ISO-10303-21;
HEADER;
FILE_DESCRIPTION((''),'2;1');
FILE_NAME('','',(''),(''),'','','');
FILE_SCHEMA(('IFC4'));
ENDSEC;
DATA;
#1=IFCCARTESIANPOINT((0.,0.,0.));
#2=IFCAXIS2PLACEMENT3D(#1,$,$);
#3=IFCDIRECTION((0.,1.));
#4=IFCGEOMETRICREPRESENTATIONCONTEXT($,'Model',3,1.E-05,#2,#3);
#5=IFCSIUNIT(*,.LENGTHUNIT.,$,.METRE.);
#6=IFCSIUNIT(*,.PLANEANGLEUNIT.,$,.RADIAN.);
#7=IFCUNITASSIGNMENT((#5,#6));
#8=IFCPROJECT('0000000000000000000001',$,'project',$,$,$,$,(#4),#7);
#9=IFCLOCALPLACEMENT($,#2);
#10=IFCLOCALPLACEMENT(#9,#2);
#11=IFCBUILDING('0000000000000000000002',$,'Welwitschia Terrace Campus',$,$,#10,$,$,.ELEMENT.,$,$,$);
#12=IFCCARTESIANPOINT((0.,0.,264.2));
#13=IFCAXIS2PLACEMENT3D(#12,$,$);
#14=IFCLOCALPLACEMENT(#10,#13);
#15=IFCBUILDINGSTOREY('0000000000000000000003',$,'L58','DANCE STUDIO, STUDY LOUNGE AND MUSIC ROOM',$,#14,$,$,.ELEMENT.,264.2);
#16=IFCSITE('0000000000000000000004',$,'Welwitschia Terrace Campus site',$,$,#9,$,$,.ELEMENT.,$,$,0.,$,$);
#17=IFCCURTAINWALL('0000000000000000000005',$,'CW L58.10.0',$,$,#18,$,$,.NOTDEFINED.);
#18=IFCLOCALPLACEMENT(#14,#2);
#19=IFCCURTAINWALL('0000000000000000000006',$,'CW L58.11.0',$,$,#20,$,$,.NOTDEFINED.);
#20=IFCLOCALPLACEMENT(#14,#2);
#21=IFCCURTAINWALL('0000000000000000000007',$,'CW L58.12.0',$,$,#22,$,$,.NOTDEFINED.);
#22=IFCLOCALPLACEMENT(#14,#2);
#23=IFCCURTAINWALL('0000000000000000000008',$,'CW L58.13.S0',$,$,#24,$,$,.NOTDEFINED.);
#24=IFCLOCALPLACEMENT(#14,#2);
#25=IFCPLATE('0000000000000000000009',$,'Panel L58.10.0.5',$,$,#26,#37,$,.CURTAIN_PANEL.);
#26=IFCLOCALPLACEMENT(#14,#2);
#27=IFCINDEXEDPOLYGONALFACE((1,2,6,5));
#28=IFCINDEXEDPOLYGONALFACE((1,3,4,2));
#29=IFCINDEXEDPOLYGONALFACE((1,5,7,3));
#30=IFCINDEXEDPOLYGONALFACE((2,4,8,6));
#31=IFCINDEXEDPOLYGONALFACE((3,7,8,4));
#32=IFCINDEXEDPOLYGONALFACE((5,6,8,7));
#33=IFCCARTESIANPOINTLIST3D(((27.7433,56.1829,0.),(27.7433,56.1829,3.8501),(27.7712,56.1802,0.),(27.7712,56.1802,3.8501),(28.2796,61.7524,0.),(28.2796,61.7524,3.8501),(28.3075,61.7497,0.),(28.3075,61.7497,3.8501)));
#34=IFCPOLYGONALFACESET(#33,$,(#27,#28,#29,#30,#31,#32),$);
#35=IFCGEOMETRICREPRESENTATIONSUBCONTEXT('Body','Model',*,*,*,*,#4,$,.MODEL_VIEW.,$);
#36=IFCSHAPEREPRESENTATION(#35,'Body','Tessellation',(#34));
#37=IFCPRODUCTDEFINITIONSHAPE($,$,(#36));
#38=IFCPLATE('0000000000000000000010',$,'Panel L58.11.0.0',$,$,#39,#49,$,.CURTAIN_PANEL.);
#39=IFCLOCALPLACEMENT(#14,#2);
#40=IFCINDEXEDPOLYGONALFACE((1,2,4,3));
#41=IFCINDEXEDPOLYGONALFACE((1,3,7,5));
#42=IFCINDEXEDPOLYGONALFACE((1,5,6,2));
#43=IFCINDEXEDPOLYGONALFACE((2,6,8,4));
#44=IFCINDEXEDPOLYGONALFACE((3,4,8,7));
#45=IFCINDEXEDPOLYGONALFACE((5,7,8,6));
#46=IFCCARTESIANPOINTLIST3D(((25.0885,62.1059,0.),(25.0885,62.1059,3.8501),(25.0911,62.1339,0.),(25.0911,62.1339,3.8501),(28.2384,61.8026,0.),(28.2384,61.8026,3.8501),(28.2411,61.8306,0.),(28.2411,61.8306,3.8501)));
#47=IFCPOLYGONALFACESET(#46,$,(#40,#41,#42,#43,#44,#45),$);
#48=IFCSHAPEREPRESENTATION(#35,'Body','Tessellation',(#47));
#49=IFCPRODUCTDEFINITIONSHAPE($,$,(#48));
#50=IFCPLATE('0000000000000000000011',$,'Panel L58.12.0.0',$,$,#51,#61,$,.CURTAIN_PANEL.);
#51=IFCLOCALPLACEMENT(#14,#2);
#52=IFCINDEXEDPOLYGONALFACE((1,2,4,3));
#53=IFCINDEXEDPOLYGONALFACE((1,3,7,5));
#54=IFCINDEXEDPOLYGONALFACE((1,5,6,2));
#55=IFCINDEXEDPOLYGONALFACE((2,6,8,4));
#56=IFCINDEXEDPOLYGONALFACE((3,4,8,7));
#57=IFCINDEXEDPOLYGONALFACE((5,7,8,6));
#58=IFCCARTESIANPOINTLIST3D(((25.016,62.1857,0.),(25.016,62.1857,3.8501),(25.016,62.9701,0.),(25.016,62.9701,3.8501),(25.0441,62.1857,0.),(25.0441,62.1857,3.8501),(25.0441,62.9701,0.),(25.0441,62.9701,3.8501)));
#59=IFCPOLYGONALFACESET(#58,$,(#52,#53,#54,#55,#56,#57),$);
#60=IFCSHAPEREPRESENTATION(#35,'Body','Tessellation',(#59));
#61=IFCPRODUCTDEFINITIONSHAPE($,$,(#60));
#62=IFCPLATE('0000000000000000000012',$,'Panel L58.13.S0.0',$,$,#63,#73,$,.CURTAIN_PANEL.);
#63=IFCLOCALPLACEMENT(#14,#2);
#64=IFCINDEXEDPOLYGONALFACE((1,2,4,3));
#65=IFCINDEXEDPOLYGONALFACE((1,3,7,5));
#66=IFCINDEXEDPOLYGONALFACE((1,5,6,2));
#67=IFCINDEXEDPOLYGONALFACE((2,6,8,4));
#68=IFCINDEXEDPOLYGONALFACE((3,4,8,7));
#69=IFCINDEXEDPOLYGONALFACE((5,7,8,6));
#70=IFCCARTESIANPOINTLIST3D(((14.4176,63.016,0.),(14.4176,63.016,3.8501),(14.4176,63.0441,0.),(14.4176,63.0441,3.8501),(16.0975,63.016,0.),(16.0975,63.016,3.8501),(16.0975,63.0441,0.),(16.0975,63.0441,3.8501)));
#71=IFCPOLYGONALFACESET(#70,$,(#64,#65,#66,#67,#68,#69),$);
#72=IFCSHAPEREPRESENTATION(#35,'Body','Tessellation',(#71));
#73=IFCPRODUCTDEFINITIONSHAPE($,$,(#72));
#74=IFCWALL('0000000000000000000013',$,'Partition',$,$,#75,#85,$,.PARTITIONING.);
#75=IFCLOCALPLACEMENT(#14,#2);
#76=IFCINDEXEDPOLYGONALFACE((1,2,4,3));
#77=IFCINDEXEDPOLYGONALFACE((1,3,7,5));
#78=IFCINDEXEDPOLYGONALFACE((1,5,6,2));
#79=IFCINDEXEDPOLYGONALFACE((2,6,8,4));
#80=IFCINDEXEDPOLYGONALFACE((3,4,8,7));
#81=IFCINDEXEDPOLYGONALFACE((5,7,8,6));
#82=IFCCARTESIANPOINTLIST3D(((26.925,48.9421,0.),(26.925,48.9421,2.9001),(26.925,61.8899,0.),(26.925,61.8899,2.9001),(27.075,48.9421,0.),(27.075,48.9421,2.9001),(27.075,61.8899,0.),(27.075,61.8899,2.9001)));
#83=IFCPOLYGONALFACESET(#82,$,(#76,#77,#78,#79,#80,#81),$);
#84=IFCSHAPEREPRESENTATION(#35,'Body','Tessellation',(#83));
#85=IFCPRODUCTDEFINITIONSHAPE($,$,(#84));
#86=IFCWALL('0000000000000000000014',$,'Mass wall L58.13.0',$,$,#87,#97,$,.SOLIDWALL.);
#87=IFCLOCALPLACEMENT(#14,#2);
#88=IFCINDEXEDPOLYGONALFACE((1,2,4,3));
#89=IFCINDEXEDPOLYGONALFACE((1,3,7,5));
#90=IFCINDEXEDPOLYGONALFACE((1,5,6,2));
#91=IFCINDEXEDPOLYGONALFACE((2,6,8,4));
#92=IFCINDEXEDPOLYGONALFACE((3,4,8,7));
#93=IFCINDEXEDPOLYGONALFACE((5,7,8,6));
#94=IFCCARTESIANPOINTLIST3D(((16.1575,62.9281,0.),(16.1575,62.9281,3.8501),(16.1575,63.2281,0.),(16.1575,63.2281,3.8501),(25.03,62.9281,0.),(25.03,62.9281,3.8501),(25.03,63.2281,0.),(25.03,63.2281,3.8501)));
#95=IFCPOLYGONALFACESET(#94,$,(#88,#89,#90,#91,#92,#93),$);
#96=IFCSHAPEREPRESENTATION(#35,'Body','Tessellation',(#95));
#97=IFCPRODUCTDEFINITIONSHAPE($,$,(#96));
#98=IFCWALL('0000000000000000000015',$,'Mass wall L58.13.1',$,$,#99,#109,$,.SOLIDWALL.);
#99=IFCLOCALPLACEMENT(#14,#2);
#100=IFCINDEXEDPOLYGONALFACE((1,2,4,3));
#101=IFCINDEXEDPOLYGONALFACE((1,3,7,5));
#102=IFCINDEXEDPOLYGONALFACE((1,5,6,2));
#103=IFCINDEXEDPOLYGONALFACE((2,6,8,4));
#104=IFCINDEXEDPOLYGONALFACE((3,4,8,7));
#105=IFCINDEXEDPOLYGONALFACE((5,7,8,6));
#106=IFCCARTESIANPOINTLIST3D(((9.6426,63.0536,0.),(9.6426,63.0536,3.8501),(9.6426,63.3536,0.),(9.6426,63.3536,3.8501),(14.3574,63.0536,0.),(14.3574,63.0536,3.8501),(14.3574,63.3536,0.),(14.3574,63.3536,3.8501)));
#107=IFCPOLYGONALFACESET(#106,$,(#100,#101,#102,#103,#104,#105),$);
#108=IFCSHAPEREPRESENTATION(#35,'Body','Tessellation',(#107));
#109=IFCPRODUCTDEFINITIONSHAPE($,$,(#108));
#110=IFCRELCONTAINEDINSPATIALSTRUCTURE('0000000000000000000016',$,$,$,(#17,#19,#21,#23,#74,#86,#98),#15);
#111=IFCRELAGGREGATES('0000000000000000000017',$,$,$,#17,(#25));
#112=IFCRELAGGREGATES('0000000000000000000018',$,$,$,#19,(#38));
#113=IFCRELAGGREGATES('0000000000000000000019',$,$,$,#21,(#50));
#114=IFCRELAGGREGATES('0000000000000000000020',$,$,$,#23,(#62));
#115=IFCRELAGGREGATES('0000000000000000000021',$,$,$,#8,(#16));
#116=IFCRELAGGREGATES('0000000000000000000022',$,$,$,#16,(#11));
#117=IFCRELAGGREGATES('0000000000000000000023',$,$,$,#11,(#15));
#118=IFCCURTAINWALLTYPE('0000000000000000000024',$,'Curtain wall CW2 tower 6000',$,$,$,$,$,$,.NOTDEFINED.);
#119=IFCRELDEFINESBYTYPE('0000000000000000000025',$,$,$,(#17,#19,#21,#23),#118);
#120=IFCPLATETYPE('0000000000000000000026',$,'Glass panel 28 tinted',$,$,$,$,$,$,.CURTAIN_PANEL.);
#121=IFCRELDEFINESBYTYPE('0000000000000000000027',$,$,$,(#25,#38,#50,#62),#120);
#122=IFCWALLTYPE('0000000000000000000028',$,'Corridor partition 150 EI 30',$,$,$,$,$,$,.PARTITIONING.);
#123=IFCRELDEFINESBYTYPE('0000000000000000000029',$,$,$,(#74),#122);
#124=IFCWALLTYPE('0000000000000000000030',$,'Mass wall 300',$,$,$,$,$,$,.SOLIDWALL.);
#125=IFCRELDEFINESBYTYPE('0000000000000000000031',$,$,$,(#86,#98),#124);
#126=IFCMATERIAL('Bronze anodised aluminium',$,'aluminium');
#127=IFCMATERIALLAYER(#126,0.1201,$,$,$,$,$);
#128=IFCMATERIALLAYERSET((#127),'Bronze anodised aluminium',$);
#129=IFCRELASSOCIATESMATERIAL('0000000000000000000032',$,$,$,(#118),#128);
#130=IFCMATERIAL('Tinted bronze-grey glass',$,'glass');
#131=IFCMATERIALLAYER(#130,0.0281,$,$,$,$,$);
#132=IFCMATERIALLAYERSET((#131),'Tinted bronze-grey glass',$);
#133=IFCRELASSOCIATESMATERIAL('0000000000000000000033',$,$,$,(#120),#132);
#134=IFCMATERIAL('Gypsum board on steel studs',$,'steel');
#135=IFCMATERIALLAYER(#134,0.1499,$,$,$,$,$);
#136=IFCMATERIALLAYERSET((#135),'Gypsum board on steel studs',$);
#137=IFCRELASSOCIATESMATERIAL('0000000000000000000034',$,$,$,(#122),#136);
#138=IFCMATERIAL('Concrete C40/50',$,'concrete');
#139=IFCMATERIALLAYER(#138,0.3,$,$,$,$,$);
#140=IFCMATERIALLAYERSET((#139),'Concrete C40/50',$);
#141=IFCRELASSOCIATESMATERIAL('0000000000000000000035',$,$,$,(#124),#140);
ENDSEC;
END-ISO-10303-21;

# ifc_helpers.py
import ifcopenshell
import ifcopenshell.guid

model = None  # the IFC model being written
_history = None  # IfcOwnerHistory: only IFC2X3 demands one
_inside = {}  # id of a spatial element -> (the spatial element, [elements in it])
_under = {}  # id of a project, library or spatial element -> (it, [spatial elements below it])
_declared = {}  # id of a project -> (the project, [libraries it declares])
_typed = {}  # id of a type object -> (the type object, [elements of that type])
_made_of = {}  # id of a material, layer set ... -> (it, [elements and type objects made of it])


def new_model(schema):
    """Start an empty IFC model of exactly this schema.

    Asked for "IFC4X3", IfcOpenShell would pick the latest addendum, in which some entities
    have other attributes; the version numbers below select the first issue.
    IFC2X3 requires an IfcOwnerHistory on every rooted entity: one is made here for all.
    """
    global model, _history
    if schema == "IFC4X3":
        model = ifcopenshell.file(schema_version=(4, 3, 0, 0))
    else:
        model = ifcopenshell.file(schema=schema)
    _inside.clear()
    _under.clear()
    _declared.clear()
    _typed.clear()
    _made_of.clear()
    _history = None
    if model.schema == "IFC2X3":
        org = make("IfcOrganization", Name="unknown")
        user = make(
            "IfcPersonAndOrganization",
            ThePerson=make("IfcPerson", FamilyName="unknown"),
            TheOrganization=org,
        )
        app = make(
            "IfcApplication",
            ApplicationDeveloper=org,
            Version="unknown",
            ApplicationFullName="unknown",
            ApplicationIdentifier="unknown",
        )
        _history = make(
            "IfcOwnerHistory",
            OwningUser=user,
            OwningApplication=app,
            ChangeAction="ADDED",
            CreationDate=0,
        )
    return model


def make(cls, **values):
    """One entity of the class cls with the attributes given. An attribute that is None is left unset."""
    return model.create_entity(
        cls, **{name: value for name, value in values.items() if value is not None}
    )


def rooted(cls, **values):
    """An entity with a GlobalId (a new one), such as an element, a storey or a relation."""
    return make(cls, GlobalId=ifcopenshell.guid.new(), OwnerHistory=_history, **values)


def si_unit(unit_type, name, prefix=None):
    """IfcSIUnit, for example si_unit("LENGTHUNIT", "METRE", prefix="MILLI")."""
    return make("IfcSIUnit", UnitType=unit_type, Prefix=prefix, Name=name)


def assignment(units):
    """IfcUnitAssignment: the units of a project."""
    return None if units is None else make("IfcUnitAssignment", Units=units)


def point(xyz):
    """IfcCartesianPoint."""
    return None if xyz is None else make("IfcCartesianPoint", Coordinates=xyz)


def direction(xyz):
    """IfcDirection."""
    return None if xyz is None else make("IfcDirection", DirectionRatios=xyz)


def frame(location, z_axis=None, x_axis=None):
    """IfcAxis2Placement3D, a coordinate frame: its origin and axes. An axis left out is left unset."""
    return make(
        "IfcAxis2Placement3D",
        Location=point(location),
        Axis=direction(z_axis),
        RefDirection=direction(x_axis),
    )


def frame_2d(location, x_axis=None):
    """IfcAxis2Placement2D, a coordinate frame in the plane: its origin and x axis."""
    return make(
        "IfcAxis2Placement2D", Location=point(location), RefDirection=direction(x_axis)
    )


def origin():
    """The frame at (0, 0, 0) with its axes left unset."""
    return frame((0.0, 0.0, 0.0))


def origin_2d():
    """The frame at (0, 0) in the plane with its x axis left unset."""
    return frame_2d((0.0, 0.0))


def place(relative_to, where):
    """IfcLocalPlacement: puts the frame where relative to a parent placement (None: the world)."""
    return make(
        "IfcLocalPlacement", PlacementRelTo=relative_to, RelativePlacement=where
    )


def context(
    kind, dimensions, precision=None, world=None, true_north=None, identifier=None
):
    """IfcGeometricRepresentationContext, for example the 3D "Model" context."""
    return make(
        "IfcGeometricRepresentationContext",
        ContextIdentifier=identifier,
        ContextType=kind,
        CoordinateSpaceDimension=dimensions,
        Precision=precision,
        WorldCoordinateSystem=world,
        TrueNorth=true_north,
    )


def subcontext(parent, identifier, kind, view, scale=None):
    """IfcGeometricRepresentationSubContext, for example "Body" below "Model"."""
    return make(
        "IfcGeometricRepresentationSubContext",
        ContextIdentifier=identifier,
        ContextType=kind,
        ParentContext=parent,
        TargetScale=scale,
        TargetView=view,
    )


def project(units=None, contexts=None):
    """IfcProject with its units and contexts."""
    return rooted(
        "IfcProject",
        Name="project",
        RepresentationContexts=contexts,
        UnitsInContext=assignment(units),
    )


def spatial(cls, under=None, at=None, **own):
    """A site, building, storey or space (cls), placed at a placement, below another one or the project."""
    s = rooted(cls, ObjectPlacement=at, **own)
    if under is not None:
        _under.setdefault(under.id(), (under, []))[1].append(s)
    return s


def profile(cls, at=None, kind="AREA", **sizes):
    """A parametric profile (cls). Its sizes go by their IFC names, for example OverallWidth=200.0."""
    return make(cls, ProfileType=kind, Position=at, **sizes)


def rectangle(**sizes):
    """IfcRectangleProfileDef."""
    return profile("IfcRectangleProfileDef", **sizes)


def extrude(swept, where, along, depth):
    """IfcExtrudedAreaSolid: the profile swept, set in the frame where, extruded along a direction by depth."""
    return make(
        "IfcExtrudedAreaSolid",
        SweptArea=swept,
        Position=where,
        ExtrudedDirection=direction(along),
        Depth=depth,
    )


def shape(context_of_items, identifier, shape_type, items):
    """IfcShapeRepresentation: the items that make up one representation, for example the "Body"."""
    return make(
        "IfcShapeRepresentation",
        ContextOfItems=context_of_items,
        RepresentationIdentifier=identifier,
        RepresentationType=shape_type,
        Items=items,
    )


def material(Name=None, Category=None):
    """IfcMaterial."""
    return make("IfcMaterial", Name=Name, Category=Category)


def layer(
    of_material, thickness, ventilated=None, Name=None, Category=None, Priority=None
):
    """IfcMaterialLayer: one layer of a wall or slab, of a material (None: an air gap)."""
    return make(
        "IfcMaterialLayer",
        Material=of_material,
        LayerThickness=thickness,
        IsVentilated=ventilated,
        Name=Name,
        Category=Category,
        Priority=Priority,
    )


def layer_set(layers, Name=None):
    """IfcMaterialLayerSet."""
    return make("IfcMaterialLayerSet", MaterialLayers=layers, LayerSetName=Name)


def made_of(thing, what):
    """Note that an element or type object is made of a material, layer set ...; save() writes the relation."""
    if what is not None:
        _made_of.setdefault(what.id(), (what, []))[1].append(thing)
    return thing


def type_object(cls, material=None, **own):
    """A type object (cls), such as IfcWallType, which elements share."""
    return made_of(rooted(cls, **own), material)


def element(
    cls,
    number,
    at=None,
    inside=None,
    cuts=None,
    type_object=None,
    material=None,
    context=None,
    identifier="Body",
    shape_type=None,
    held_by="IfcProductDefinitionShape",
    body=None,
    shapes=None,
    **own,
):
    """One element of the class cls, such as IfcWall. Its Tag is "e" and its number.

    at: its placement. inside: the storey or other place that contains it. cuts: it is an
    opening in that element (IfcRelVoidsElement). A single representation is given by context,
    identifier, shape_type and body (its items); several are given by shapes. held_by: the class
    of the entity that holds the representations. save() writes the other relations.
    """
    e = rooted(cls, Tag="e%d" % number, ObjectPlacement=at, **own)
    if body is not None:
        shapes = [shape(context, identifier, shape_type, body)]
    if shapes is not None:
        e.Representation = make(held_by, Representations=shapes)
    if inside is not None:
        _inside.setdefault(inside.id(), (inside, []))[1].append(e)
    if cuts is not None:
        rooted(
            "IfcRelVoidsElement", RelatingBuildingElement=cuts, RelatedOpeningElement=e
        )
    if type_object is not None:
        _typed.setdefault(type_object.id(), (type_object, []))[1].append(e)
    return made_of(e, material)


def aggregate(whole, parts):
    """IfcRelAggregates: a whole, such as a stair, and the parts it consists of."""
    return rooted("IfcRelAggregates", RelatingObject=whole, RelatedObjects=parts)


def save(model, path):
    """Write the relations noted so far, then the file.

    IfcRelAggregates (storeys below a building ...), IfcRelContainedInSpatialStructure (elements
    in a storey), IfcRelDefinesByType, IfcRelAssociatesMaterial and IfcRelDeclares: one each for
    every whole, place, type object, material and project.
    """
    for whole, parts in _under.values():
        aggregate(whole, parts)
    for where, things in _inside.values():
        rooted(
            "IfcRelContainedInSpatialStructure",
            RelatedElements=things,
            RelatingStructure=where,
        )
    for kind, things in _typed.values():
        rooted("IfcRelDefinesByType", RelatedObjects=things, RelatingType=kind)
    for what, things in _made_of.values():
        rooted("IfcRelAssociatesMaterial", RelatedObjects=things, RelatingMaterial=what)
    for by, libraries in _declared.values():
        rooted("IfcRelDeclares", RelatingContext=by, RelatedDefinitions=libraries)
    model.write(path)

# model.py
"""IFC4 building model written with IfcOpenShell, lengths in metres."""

from ifc_helpers import new_model, si_unit, direction, frame, frame_2d, origin, origin_2d, place, context, subcontext, project, spatial, rectangle, extrude, material, layer, layer_set, type_object, element, aggregate, save


model = new_model("IFC4")

# Units and contexts
model_context = context("Model", 3, precision=1e-05, world=origin(), true_north=direction((0.0, 1.0)))
body_context = subcontext(model_context, "Body", "Model", "MODEL_VIEW")
ifc_project = project(units=[si_unit("LENGTHUNIT", "METRE"), si_unit("PLANEANGLEUNIT", "RADIAN")], contexts=[model_context])

# Site, building, storey
site_placement = place(None, origin())
site = spatial("IfcSite", under=ifc_project, at=site_placement, Name="Welwitschia Terrace Campus site", CompositionType="ELEMENT", RefElevation=0.0)
building_placement = place(site_placement, origin())
building = spatial("IfcBuilding", under=site, at=building_placement, Name="Welwitschia Terrace Campus", CompositionType="ELEMENT")
storey_placement = place(building_placement, frame((0.0, 0.0, 264.2)))
storey = spatial("IfcBuildingStorey", under=building, at=storey_placement, Name="L58", Description="DANCE STUDIO, STUDY LOUNGE AND MUSIC ROOM", CompositionType="ELEMENT", Elevation=264.2)

# Curtain walls
ifc_material_1 = material(Name="Bronze anodised aluminium", Category="aluminium")
ifc_layer_1 = layer(ifc_material_1, 0.1201)
ifc_layer_set_1 = layer_set([ifc_layer_1], Name="Bronze anodised aluminium")
curtain_wall_type = type_object("IfcCurtainWallType", Name="Curtain wall CW2 tower 6000", PredefinedType="NOTDEFINED", material=ifc_layer_set_1)
curtain_wall_1_placement = place(storey_placement, origin())
curtain_wall_1 = element("IfcCurtainWall", 1, at=curtain_wall_1_placement, inside=storey, type_object=curtain_wall_type, Name="CW L58.10.0", PredefinedType="NOTDEFINED")
curtain_wall_2_placement = place(storey_placement, origin())
curtain_wall_2 = element("IfcCurtainWall", 2, at=curtain_wall_2_placement, inside=storey, type_object=curtain_wall_type, Name="CW L58.11.0", PredefinedType="NOTDEFINED")
curtain_wall_3_placement = place(storey_placement, origin())
curtain_wall_3 = element("IfcCurtainWall", 3, at=curtain_wall_3_placement, inside=storey, type_object=curtain_wall_type, Name="CW L58.12.0", PredefinedType="NOTDEFINED")
curtain_wall_4_placement = place(storey_placement, origin())
curtain_wall_4 = element("IfcCurtainWall", 4, at=curtain_wall_4_placement, inside=storey, type_object=curtain_wall_type, Name="CW L58.13.S0", PredefinedType="NOTDEFINED")

# Plates
ifc_material_2 = material(Name="Tinted bronze-grey glass", Category="glass")
ifc_layer_2 = layer(ifc_material_2, 0.0281)
ifc_layer_set_2 = layer_set([ifc_layer_2], Name="Tinted bronze-grey glass")
plate_type = type_object("IfcPlateType", Name="Glass panel 28 tinted", PredefinedType="CURTAIN_PANEL", material=ifc_layer_set_2)
plate_1_placement = place(storey_placement, frame((28.0254, 58.9663, 0.0), z_axis=(0.0, 0.0, 1.0), x_axis=(0.095846, 0.995396, 0.0)))
plate_1 = element("IfcPlate", 5, at=plate_1_placement, type_object=plate_type, Name="Panel L58.10.0.5", PredefinedType="CURTAIN_PANEL", context=body_context, shape_type="SweptSolid", body=[
    extrude(rectangle(XDim=5.5952, YDim=0.0281, at=origin_2d()), origin(), (0.0, 0.0, 1.0), 3.8501),
])
aggregate(curtain_wall_1, [plate_1])
plate_2_placement = place(storey_placement, frame((26.6648, 61.9683, 0.0), z_axis=(0.0, 0.0, 1.0), x_axis=(-0.995396, 0.095846, 0.0)))
plate_2 = element("IfcPlate", 6, at=plate_2_placement, type_object=plate_type, Name="Panel L58.11.0.0", PredefinedType="CURTAIN_PANEL", context=body_context, shape_type="SweptSolid", body=[
    extrude(rectangle(XDim=3.1646, YDim=0.0281, at=origin_2d()), origin(), (0.0, 0.0, 1.0), 3.8501),
])
aggregate(curtain_wall_2, [plate_2])
plate_3_placement = place(storey_placement, frame((25.03, 62.5779, 0.0), z_axis=(0.0, 0.0, 1.0), x_axis=(0.0, 1.0, 0.0)))
plate_3 = element("IfcPlate", 7, at=plate_3_placement, type_object=plate_type, Name="Panel L58.12.0.0", PredefinedType="CURTAIN_PANEL", context=body_context, shape_type="SweptSolid", body=[
    extrude(rectangle(XDim=0.7844, YDim=0.0281, at=origin_2d()), origin(), (0.0, 0.0, 1.0), 3.8501),
])
aggregate(curtain_wall_3, [plate_3])
plate_4_placement = place(storey_placement, frame((15.2576, 63.03, 0.0), z_axis=(0.0, 0.0, 1.0), x_axis=(-1.0, 0.0, 0.0)))
plate_4 = element("IfcPlate", 8, at=plate_4_placement, type_object=plate_type, Name="Panel L58.13.S0.0", PredefinedType="CURTAIN_PANEL", context=body_context, shape_type="SweptSolid", body=[
    extrude(rectangle(XDim=1.6799, YDim=0.0281, at=origin_2d()), origin(), (0.0, 0.0, 1.0), 3.8501),
])
aggregate(curtain_wall_4, [plate_4])

# Walls
ifc_material_3 = material(Name="Gypsum board on steel studs", Category="steel")
ifc_layer_3 = layer(ifc_material_3, 0.1499)
ifc_layer_set_3 = layer_set([ifc_layer_3], Name="Gypsum board on steel studs")
wall_type_1 = type_object("IfcWallType", Name="Corridor partition 150 EI 30", PredefinedType="PARTITIONING", material=ifc_layer_set_3)
wall_1_placement = place(storey_placement, frame((27.0, 48.9421, 0.0), z_axis=(0.0, 0.0, 1.0), x_axis=(0.0, 1.0, 0.0)))
element("IfcWall", 9, at=wall_1_placement, inside=storey, type_object=wall_type_1, Name="Partition", PredefinedType="PARTITIONING", context=body_context, shape_type="SweptSolid", body=[
    extrude(rectangle(XDim=12.9478, YDim=0.1499, at=frame_2d((6.4739, 0.0))), origin(), (0.0, 0.0, 1.0), 2.9001),
])
ifc_material_4 = material(Name="Concrete C40/50", Category="concrete")
ifc_layer_4 = layer(ifc_material_4, 0.3)
ifc_layer_set_4 = layer_set([ifc_layer_4], Name="Concrete C40/50")
wall_type_2 = type_object("IfcWallType", Name="Mass wall 300", PredefinedType="SOLIDWALL", material=ifc_layer_set_4)
wall_2_placement = place(storey_placement, frame((25.03, 63.0781, 0.0), z_axis=(0.0, 0.0, 1.0), x_axis=(-1.0, 0.0, 0.0)))
element("IfcWall", 10, at=wall_2_placement, inside=storey, type_object=wall_type_2, Name="Mass wall L58.13.0", PredefinedType="SOLIDWALL", context=body_context, shape_type="SweptSolid", body=[
    extrude(rectangle(XDim=8.8726, YDim=0.3, at=frame_2d((4.4363, 0.0))), origin(), (0.0, 0.0, 1.0), 3.8501),
])
wall_3_placement = place(storey_placement, frame((14.3574, 63.2036, 0.0), z_axis=(0.0, 0.0, 1.0), x_axis=(-1.0, 0.0, 0.0)))
element("IfcWall", 11, at=wall_3_placement, inside=storey, type_object=wall_type_2, Name="Mass wall L58.13.1", PredefinedType="SOLIDWALL", context=body_context, shape_type="SweptSolid", body=[
    extrude(rectangle(XDim=4.7148, YDim=0.3, at=frame_2d((2.3574, 0.0))), origin(), (0.0, 0.0, 1.0), 3.8501),
])

save(model, "model.ifc")
